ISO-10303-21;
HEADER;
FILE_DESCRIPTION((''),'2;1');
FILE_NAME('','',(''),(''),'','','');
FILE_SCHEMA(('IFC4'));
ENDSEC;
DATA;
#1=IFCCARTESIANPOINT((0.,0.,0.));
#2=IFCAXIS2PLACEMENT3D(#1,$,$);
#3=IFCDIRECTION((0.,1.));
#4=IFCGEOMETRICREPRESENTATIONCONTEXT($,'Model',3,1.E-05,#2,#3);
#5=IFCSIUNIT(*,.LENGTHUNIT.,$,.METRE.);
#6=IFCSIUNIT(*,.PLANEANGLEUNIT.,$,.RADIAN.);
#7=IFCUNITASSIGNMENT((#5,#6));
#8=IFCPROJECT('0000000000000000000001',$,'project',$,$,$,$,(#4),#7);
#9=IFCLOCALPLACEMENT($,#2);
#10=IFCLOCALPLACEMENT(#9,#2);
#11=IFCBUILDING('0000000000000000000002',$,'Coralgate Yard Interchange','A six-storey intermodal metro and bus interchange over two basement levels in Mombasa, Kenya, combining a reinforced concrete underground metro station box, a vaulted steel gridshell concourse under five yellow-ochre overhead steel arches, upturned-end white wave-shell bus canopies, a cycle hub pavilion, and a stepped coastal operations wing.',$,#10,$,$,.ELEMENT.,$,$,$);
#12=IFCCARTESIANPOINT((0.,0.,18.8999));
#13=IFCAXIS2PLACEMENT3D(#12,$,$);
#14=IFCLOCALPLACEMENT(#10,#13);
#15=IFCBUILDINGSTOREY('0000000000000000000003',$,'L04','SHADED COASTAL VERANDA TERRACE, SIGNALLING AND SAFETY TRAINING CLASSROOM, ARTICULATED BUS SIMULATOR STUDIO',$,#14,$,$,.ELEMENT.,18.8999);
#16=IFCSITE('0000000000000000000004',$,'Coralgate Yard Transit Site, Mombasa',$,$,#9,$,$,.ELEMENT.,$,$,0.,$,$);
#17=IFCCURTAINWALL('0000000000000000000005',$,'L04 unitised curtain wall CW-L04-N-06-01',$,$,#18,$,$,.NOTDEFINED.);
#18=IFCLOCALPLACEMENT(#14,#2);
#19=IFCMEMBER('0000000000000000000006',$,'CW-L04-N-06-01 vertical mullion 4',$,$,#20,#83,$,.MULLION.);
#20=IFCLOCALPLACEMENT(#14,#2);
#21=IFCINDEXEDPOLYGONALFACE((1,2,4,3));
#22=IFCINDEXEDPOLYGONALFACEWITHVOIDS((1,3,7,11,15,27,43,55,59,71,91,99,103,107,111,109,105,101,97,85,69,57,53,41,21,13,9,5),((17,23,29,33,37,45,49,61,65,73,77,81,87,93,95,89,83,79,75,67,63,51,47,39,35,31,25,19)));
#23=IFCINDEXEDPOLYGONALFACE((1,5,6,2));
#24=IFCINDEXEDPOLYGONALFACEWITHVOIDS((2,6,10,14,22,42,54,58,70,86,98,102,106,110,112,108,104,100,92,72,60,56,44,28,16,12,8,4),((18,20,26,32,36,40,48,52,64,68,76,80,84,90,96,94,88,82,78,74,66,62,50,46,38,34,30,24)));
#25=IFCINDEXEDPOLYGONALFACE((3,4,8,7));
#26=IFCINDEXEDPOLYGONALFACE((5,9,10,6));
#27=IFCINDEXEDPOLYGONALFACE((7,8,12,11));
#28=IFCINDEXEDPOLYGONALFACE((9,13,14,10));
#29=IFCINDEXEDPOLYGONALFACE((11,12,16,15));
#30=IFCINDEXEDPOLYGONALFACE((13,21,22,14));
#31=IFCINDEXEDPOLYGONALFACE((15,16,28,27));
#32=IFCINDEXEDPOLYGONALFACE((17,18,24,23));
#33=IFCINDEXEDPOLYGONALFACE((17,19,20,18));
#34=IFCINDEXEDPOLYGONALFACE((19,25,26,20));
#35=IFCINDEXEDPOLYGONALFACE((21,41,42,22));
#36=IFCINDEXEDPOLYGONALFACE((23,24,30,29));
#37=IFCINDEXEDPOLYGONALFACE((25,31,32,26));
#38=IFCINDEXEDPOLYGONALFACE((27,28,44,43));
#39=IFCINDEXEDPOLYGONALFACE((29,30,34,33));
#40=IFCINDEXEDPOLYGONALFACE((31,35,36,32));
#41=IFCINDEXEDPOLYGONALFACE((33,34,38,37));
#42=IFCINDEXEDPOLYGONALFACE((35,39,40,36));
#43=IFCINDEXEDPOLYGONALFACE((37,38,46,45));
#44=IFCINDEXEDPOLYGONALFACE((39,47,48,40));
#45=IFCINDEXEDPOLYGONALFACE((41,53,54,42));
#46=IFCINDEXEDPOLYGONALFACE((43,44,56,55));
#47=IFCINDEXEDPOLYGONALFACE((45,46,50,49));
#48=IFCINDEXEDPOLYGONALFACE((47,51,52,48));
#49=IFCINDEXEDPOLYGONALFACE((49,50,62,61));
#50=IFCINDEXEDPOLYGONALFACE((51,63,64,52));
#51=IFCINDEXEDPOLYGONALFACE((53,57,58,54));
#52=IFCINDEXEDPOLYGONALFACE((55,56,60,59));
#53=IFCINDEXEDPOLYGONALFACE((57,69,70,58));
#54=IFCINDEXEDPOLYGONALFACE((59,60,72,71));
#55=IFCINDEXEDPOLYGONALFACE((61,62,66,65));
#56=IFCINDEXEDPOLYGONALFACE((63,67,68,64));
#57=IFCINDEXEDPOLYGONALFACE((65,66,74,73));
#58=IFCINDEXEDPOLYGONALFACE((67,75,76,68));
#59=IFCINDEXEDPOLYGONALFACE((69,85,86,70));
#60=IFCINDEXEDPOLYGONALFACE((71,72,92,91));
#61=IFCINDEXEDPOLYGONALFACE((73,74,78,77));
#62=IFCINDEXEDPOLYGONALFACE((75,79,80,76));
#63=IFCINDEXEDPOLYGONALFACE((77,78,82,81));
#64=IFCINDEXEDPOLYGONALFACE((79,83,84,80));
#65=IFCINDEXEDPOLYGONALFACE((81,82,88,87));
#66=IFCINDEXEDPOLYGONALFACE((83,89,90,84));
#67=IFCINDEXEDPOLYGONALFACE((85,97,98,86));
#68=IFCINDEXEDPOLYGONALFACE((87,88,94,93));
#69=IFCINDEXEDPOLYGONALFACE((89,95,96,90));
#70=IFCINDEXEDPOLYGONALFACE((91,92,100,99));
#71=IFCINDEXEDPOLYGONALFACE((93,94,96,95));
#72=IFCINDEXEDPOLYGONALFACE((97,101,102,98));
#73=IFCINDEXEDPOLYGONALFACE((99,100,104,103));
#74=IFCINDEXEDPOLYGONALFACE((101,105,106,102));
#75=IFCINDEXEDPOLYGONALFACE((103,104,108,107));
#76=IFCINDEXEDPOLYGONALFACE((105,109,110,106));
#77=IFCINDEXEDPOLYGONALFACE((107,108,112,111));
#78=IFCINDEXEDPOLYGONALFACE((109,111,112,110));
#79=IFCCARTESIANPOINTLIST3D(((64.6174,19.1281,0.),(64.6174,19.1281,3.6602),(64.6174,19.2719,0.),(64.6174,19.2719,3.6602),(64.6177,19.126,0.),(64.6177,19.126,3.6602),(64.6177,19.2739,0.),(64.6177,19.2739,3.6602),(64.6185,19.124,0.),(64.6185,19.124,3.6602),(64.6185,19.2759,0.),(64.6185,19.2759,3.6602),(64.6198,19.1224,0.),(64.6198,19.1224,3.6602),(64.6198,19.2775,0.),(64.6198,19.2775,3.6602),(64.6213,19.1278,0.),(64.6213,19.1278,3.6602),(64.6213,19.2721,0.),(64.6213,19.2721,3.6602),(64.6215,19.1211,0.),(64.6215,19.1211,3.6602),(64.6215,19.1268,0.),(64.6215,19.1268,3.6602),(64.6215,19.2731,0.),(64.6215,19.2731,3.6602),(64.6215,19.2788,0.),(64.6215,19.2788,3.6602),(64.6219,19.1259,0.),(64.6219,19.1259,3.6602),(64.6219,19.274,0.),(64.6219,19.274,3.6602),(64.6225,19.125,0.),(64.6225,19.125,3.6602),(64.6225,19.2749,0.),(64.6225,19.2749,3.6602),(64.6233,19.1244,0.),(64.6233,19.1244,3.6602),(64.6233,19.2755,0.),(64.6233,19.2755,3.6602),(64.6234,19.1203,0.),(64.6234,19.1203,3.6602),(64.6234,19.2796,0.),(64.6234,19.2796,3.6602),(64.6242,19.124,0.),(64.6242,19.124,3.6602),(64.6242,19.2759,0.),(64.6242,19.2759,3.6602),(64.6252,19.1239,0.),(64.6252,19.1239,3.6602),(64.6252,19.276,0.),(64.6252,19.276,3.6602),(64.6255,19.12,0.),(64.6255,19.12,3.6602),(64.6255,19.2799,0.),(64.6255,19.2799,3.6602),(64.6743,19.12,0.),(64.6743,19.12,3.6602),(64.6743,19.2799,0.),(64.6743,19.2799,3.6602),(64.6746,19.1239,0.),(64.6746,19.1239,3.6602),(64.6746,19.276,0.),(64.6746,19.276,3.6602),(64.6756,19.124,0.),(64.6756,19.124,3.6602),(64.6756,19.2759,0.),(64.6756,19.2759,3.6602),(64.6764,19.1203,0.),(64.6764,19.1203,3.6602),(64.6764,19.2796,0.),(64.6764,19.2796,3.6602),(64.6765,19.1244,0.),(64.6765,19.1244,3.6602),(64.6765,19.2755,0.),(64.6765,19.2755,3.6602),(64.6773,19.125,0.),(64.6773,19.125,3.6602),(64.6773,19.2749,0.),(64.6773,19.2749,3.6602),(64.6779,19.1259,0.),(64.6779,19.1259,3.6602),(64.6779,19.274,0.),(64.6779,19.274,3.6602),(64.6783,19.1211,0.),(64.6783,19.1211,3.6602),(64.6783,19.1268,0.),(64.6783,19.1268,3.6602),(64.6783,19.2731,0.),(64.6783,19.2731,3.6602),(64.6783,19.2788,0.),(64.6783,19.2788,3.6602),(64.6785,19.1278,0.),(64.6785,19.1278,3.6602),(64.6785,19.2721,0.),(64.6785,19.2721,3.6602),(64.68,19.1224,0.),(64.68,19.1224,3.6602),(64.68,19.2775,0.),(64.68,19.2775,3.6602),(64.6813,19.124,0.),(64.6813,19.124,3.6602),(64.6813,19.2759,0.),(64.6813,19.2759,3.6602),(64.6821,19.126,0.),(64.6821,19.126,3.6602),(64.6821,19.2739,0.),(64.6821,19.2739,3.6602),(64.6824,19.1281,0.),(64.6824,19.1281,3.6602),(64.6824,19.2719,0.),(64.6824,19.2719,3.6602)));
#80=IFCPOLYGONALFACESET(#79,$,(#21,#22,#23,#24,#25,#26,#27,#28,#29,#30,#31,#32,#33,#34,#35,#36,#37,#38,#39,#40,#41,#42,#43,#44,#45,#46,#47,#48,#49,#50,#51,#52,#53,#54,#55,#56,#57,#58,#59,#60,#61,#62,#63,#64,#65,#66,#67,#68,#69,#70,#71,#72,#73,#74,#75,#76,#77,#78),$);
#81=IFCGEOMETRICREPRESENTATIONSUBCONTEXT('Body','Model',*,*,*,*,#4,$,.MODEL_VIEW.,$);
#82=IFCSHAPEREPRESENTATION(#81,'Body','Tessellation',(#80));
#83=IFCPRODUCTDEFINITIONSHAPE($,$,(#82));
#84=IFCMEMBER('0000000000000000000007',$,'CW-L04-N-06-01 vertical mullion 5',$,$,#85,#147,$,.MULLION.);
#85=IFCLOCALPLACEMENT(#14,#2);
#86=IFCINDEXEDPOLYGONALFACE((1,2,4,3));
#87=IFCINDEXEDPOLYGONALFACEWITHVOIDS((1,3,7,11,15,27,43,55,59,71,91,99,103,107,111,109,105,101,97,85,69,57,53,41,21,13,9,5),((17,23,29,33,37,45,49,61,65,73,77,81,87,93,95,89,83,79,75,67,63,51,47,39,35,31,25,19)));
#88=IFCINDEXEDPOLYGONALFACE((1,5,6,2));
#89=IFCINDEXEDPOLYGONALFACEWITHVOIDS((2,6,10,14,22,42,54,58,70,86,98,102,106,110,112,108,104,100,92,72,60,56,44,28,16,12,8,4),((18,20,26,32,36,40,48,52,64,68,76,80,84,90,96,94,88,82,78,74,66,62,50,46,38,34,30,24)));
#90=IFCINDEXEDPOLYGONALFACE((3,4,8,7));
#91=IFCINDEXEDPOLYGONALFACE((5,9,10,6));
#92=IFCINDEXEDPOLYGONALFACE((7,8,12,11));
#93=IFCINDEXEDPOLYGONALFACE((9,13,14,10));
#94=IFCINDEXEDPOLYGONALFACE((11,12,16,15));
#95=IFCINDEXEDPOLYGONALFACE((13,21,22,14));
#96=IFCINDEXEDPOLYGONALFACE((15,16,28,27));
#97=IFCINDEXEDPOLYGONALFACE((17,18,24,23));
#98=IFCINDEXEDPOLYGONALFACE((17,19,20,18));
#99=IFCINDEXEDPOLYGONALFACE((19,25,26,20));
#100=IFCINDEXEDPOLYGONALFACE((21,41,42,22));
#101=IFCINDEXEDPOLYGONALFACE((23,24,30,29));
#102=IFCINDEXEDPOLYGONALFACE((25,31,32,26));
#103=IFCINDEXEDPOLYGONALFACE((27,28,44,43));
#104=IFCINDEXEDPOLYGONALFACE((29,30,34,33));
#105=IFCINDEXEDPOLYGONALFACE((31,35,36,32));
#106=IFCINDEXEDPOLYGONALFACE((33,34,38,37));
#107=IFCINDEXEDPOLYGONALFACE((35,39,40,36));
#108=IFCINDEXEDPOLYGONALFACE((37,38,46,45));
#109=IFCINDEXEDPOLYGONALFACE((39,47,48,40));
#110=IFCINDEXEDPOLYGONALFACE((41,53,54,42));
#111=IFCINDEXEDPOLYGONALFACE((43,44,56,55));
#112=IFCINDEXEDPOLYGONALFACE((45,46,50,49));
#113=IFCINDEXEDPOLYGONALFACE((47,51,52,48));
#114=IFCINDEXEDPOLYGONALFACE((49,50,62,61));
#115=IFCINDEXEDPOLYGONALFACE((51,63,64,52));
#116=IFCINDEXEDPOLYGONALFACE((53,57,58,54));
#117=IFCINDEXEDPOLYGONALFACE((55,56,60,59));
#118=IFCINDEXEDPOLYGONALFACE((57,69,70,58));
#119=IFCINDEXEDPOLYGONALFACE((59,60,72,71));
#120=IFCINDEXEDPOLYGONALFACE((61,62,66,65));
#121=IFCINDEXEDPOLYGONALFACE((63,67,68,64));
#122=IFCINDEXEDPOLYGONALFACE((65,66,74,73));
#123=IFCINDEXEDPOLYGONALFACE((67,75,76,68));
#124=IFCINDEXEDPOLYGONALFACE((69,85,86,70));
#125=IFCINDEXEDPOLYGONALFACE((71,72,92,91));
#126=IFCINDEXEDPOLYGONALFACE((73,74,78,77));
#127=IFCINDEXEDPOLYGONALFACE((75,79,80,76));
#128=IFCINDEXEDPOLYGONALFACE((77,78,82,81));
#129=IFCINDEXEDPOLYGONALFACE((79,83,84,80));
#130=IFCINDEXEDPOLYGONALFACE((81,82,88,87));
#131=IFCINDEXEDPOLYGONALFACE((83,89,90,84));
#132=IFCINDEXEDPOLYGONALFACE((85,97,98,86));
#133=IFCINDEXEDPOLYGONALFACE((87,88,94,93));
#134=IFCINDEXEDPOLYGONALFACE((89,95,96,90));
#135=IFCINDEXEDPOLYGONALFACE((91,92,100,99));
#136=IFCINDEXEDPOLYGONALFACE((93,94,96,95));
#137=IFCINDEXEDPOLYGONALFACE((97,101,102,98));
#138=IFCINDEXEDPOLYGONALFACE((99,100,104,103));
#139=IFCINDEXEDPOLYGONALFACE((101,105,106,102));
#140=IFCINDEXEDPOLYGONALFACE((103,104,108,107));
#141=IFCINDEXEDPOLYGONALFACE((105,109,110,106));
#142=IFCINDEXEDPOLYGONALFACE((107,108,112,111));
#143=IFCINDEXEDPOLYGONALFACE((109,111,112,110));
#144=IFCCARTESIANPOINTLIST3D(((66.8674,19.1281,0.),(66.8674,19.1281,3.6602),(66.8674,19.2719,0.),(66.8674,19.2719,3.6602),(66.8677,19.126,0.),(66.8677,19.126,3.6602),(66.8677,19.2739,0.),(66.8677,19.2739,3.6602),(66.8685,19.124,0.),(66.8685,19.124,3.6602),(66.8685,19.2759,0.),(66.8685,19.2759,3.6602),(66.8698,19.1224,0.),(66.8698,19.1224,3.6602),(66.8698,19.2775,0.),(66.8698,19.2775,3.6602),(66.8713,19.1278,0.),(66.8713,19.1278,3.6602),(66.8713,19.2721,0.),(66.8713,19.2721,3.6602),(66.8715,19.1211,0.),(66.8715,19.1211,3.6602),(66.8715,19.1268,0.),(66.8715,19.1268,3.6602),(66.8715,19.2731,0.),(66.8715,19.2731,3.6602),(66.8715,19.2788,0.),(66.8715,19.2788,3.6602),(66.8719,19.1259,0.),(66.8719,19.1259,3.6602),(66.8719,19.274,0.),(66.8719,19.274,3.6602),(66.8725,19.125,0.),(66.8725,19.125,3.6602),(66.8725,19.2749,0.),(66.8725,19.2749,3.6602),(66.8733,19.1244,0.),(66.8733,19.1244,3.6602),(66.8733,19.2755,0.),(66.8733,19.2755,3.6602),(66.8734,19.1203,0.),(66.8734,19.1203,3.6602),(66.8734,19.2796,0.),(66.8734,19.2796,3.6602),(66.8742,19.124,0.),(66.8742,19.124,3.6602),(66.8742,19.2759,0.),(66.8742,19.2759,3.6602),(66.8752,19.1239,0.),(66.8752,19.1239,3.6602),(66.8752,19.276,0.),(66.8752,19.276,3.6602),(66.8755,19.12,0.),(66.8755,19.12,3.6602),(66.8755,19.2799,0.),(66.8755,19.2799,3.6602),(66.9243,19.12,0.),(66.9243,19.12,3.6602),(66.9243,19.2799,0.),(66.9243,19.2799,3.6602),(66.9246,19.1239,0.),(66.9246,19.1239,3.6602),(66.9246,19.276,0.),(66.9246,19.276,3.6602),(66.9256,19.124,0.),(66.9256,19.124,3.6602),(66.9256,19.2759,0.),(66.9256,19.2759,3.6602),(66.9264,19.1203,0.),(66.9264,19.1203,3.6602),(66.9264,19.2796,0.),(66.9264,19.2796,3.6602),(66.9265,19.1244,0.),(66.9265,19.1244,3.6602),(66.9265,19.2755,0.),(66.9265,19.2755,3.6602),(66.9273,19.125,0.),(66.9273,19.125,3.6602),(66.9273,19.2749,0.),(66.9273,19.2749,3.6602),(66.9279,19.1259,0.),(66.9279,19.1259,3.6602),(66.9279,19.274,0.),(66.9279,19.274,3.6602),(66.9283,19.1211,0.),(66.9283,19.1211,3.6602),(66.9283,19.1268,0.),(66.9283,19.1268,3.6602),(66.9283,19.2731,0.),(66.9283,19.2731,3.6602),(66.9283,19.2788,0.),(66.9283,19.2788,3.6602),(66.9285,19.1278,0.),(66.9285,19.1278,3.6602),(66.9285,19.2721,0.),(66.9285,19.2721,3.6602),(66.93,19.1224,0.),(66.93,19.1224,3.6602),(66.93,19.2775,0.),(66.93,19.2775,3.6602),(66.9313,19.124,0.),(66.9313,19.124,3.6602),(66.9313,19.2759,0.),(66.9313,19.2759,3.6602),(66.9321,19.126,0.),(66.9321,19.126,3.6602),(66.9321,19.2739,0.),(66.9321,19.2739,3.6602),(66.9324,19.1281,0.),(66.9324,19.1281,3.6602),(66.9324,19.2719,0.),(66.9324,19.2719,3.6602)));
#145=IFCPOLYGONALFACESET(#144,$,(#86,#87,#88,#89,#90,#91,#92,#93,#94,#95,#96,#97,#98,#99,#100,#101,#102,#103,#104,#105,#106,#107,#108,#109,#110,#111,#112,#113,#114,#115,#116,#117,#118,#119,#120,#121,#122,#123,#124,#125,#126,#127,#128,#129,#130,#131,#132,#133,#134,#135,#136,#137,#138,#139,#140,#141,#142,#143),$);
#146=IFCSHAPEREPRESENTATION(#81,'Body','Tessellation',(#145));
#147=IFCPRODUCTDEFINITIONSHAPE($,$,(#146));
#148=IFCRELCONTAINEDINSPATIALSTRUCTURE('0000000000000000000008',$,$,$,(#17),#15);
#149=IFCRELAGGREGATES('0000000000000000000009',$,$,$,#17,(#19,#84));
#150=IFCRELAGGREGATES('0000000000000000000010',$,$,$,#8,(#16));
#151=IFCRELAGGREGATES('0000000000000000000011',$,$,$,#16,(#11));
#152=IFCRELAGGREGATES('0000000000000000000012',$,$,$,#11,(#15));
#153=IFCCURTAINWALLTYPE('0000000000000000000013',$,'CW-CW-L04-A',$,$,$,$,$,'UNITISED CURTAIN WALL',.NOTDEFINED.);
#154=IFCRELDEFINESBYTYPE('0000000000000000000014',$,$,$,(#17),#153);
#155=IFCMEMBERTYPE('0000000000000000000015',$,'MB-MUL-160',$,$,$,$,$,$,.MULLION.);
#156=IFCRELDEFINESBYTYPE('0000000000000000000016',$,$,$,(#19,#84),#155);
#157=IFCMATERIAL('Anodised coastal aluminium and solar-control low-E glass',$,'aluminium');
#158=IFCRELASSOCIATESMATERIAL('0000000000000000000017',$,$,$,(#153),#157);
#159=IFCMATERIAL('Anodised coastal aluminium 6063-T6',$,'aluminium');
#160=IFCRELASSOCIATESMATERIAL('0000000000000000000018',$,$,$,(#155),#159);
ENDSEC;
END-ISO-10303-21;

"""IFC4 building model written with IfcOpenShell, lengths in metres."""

from ifc_helpers import new_model, si_unit, direction, frame, origin, origin_2d, place, context, subcontext, project, spatial, hollow_rectangle, extrude, material, material_profile, profile_set, type_object, element, aggregate, save


model = new_model("IFC4")

# Units and contexts
model_context = context("Model", 3, precision=1e-05, world=origin(), true_north=direction((0.0, 1.0)))
body_context = subcontext(model_context, "Body", "Model", "MODEL_VIEW")
ifc_project = project(units=[si_unit("LENGTHUNIT", "METRE"), si_unit("PLANEANGLEUNIT", "RADIAN")], contexts=[model_context])

# Site, building, storey
site_placement = place(None, origin())
site = spatial("IfcSite", under=ifc_project, at=site_placement, Name="Coralgate Yard Transit Site, Mombasa", CompositionType="ELEMENT", RefElevation=0.0)
building_placement = place(site_placement, origin())
building = spatial("IfcBuilding", under=site, at=building_placement, Name="Coralgate Yard Interchange", Description="A six-storey intermodal metro and bus interchange over two basement levels in Mombasa, Kenya, combining a reinforced concrete underground metro station box, a vaulted steel gridshell concourse under five yellow-ochre overhead steel arches, upturned-end white wave-shell bus canopies, a cycle hub pavilion, and a stepped coastal operations wing.", CompositionType="ELEMENT")
storey_placement = place(building_placement, frame((0.0, 0.0, 18.8999)))
storey = spatial("IfcBuildingStorey", under=building, at=storey_placement, Name="L04", Description="SHADED COASTAL VERANDA TERRACE, SIGNALLING AND SAFETY TRAINING CLASSROOM, ARTICULATED BUS SIMULATOR STUDIO", CompositionType="ELEMENT", Elevation=18.8999)

# Curtain wall, members
ifc_material_1 = material(Name="Anodised coastal aluminium and solar-control low-E glass", Category="aluminium")
curtain_wall_type = type_object("IfcCurtainWallType", Name="CW-CW-L04-A", ElementType="UNITISED CURTAIN WALL", PredefinedType="NOTDEFINED", material=ifc_material_1)
ifc_material_2 = material(Name="Anodised coastal aluminium 6063-T6", Category="aluminium")
ifc_material_profile_1 = material_profile(ifc_material_2, hollow_rectangle(XDim=0.0649, YDim=0.1599, WallThickness=0.0039, InnerFilletRadius=0.0039, OuterFilletRadius=0.0081, at=origin_2d()), Name="ALU 65x160x4")
ifc_profile_set_1 = profile_set([ifc_material_profile_1], Name="Anodised coastal aluminium 6063-T6")
member_type_1 = type_object("IfcMemberType", Name="MB-MUL-160", PredefinedType="MULLION", material=ifc_profile_set_1)
curtain_wall_1_placement = place(storey_placement, origin())
curtain_wall_1 = element("IfcCurtainWall", 1, at=curtain_wall_1_placement, inside=storey, type_object=curtain_wall_type, Name="L04 unitised curtain wall CW-L04-N-06-01", PredefinedType="NOTDEFINED")
member_1_placement = place(storey_placement, frame((64.6499, 19.2, 0.0), z_axis=(0.0, 0.0, 1.0), x_axis=(1.0, 0.0, 0.0)))
member_1 = element("IfcMember", 2, at=member_1_placement, type_object=member_type_1, Name="CW-L04-N-06-01 vertical mullion 4", PredefinedType="MULLION", context=body_context, shape_type="SweptSolid", body=[
    extrude(hollow_rectangle(XDim=0.0649, YDim=0.1599, WallThickness=0.0039, InnerFilletRadius=0.0039, OuterFilletRadius=0.0081, at=origin_2d()), origin(), (0.0, 0.0, 1.0), 3.6602),
])
member_2_placement = place(storey_placement, frame((66.8999, 19.2, 0.0), z_axis=(0.0, 0.0, 1.0), x_axis=(1.0, 0.0, 0.0)))
member_2 = element("IfcMember", 3, at=member_2_placement, type_object=member_type_1, Name="CW-L04-N-06-01 vertical mullion 5", PredefinedType="MULLION", context=body_context, shape_type="SweptSolid", body=[
    extrude(hollow_rectangle(XDim=0.0649, YDim=0.1599, WallThickness=0.0039, InnerFilletRadius=0.0039, OuterFilletRadius=0.0081, at=origin_2d()), origin(), (0.0, 0.0, 1.0), 3.6602),
])

aggregate(curtain_wall_1, [member_1, member_2])

save(model, "model.ifc")
